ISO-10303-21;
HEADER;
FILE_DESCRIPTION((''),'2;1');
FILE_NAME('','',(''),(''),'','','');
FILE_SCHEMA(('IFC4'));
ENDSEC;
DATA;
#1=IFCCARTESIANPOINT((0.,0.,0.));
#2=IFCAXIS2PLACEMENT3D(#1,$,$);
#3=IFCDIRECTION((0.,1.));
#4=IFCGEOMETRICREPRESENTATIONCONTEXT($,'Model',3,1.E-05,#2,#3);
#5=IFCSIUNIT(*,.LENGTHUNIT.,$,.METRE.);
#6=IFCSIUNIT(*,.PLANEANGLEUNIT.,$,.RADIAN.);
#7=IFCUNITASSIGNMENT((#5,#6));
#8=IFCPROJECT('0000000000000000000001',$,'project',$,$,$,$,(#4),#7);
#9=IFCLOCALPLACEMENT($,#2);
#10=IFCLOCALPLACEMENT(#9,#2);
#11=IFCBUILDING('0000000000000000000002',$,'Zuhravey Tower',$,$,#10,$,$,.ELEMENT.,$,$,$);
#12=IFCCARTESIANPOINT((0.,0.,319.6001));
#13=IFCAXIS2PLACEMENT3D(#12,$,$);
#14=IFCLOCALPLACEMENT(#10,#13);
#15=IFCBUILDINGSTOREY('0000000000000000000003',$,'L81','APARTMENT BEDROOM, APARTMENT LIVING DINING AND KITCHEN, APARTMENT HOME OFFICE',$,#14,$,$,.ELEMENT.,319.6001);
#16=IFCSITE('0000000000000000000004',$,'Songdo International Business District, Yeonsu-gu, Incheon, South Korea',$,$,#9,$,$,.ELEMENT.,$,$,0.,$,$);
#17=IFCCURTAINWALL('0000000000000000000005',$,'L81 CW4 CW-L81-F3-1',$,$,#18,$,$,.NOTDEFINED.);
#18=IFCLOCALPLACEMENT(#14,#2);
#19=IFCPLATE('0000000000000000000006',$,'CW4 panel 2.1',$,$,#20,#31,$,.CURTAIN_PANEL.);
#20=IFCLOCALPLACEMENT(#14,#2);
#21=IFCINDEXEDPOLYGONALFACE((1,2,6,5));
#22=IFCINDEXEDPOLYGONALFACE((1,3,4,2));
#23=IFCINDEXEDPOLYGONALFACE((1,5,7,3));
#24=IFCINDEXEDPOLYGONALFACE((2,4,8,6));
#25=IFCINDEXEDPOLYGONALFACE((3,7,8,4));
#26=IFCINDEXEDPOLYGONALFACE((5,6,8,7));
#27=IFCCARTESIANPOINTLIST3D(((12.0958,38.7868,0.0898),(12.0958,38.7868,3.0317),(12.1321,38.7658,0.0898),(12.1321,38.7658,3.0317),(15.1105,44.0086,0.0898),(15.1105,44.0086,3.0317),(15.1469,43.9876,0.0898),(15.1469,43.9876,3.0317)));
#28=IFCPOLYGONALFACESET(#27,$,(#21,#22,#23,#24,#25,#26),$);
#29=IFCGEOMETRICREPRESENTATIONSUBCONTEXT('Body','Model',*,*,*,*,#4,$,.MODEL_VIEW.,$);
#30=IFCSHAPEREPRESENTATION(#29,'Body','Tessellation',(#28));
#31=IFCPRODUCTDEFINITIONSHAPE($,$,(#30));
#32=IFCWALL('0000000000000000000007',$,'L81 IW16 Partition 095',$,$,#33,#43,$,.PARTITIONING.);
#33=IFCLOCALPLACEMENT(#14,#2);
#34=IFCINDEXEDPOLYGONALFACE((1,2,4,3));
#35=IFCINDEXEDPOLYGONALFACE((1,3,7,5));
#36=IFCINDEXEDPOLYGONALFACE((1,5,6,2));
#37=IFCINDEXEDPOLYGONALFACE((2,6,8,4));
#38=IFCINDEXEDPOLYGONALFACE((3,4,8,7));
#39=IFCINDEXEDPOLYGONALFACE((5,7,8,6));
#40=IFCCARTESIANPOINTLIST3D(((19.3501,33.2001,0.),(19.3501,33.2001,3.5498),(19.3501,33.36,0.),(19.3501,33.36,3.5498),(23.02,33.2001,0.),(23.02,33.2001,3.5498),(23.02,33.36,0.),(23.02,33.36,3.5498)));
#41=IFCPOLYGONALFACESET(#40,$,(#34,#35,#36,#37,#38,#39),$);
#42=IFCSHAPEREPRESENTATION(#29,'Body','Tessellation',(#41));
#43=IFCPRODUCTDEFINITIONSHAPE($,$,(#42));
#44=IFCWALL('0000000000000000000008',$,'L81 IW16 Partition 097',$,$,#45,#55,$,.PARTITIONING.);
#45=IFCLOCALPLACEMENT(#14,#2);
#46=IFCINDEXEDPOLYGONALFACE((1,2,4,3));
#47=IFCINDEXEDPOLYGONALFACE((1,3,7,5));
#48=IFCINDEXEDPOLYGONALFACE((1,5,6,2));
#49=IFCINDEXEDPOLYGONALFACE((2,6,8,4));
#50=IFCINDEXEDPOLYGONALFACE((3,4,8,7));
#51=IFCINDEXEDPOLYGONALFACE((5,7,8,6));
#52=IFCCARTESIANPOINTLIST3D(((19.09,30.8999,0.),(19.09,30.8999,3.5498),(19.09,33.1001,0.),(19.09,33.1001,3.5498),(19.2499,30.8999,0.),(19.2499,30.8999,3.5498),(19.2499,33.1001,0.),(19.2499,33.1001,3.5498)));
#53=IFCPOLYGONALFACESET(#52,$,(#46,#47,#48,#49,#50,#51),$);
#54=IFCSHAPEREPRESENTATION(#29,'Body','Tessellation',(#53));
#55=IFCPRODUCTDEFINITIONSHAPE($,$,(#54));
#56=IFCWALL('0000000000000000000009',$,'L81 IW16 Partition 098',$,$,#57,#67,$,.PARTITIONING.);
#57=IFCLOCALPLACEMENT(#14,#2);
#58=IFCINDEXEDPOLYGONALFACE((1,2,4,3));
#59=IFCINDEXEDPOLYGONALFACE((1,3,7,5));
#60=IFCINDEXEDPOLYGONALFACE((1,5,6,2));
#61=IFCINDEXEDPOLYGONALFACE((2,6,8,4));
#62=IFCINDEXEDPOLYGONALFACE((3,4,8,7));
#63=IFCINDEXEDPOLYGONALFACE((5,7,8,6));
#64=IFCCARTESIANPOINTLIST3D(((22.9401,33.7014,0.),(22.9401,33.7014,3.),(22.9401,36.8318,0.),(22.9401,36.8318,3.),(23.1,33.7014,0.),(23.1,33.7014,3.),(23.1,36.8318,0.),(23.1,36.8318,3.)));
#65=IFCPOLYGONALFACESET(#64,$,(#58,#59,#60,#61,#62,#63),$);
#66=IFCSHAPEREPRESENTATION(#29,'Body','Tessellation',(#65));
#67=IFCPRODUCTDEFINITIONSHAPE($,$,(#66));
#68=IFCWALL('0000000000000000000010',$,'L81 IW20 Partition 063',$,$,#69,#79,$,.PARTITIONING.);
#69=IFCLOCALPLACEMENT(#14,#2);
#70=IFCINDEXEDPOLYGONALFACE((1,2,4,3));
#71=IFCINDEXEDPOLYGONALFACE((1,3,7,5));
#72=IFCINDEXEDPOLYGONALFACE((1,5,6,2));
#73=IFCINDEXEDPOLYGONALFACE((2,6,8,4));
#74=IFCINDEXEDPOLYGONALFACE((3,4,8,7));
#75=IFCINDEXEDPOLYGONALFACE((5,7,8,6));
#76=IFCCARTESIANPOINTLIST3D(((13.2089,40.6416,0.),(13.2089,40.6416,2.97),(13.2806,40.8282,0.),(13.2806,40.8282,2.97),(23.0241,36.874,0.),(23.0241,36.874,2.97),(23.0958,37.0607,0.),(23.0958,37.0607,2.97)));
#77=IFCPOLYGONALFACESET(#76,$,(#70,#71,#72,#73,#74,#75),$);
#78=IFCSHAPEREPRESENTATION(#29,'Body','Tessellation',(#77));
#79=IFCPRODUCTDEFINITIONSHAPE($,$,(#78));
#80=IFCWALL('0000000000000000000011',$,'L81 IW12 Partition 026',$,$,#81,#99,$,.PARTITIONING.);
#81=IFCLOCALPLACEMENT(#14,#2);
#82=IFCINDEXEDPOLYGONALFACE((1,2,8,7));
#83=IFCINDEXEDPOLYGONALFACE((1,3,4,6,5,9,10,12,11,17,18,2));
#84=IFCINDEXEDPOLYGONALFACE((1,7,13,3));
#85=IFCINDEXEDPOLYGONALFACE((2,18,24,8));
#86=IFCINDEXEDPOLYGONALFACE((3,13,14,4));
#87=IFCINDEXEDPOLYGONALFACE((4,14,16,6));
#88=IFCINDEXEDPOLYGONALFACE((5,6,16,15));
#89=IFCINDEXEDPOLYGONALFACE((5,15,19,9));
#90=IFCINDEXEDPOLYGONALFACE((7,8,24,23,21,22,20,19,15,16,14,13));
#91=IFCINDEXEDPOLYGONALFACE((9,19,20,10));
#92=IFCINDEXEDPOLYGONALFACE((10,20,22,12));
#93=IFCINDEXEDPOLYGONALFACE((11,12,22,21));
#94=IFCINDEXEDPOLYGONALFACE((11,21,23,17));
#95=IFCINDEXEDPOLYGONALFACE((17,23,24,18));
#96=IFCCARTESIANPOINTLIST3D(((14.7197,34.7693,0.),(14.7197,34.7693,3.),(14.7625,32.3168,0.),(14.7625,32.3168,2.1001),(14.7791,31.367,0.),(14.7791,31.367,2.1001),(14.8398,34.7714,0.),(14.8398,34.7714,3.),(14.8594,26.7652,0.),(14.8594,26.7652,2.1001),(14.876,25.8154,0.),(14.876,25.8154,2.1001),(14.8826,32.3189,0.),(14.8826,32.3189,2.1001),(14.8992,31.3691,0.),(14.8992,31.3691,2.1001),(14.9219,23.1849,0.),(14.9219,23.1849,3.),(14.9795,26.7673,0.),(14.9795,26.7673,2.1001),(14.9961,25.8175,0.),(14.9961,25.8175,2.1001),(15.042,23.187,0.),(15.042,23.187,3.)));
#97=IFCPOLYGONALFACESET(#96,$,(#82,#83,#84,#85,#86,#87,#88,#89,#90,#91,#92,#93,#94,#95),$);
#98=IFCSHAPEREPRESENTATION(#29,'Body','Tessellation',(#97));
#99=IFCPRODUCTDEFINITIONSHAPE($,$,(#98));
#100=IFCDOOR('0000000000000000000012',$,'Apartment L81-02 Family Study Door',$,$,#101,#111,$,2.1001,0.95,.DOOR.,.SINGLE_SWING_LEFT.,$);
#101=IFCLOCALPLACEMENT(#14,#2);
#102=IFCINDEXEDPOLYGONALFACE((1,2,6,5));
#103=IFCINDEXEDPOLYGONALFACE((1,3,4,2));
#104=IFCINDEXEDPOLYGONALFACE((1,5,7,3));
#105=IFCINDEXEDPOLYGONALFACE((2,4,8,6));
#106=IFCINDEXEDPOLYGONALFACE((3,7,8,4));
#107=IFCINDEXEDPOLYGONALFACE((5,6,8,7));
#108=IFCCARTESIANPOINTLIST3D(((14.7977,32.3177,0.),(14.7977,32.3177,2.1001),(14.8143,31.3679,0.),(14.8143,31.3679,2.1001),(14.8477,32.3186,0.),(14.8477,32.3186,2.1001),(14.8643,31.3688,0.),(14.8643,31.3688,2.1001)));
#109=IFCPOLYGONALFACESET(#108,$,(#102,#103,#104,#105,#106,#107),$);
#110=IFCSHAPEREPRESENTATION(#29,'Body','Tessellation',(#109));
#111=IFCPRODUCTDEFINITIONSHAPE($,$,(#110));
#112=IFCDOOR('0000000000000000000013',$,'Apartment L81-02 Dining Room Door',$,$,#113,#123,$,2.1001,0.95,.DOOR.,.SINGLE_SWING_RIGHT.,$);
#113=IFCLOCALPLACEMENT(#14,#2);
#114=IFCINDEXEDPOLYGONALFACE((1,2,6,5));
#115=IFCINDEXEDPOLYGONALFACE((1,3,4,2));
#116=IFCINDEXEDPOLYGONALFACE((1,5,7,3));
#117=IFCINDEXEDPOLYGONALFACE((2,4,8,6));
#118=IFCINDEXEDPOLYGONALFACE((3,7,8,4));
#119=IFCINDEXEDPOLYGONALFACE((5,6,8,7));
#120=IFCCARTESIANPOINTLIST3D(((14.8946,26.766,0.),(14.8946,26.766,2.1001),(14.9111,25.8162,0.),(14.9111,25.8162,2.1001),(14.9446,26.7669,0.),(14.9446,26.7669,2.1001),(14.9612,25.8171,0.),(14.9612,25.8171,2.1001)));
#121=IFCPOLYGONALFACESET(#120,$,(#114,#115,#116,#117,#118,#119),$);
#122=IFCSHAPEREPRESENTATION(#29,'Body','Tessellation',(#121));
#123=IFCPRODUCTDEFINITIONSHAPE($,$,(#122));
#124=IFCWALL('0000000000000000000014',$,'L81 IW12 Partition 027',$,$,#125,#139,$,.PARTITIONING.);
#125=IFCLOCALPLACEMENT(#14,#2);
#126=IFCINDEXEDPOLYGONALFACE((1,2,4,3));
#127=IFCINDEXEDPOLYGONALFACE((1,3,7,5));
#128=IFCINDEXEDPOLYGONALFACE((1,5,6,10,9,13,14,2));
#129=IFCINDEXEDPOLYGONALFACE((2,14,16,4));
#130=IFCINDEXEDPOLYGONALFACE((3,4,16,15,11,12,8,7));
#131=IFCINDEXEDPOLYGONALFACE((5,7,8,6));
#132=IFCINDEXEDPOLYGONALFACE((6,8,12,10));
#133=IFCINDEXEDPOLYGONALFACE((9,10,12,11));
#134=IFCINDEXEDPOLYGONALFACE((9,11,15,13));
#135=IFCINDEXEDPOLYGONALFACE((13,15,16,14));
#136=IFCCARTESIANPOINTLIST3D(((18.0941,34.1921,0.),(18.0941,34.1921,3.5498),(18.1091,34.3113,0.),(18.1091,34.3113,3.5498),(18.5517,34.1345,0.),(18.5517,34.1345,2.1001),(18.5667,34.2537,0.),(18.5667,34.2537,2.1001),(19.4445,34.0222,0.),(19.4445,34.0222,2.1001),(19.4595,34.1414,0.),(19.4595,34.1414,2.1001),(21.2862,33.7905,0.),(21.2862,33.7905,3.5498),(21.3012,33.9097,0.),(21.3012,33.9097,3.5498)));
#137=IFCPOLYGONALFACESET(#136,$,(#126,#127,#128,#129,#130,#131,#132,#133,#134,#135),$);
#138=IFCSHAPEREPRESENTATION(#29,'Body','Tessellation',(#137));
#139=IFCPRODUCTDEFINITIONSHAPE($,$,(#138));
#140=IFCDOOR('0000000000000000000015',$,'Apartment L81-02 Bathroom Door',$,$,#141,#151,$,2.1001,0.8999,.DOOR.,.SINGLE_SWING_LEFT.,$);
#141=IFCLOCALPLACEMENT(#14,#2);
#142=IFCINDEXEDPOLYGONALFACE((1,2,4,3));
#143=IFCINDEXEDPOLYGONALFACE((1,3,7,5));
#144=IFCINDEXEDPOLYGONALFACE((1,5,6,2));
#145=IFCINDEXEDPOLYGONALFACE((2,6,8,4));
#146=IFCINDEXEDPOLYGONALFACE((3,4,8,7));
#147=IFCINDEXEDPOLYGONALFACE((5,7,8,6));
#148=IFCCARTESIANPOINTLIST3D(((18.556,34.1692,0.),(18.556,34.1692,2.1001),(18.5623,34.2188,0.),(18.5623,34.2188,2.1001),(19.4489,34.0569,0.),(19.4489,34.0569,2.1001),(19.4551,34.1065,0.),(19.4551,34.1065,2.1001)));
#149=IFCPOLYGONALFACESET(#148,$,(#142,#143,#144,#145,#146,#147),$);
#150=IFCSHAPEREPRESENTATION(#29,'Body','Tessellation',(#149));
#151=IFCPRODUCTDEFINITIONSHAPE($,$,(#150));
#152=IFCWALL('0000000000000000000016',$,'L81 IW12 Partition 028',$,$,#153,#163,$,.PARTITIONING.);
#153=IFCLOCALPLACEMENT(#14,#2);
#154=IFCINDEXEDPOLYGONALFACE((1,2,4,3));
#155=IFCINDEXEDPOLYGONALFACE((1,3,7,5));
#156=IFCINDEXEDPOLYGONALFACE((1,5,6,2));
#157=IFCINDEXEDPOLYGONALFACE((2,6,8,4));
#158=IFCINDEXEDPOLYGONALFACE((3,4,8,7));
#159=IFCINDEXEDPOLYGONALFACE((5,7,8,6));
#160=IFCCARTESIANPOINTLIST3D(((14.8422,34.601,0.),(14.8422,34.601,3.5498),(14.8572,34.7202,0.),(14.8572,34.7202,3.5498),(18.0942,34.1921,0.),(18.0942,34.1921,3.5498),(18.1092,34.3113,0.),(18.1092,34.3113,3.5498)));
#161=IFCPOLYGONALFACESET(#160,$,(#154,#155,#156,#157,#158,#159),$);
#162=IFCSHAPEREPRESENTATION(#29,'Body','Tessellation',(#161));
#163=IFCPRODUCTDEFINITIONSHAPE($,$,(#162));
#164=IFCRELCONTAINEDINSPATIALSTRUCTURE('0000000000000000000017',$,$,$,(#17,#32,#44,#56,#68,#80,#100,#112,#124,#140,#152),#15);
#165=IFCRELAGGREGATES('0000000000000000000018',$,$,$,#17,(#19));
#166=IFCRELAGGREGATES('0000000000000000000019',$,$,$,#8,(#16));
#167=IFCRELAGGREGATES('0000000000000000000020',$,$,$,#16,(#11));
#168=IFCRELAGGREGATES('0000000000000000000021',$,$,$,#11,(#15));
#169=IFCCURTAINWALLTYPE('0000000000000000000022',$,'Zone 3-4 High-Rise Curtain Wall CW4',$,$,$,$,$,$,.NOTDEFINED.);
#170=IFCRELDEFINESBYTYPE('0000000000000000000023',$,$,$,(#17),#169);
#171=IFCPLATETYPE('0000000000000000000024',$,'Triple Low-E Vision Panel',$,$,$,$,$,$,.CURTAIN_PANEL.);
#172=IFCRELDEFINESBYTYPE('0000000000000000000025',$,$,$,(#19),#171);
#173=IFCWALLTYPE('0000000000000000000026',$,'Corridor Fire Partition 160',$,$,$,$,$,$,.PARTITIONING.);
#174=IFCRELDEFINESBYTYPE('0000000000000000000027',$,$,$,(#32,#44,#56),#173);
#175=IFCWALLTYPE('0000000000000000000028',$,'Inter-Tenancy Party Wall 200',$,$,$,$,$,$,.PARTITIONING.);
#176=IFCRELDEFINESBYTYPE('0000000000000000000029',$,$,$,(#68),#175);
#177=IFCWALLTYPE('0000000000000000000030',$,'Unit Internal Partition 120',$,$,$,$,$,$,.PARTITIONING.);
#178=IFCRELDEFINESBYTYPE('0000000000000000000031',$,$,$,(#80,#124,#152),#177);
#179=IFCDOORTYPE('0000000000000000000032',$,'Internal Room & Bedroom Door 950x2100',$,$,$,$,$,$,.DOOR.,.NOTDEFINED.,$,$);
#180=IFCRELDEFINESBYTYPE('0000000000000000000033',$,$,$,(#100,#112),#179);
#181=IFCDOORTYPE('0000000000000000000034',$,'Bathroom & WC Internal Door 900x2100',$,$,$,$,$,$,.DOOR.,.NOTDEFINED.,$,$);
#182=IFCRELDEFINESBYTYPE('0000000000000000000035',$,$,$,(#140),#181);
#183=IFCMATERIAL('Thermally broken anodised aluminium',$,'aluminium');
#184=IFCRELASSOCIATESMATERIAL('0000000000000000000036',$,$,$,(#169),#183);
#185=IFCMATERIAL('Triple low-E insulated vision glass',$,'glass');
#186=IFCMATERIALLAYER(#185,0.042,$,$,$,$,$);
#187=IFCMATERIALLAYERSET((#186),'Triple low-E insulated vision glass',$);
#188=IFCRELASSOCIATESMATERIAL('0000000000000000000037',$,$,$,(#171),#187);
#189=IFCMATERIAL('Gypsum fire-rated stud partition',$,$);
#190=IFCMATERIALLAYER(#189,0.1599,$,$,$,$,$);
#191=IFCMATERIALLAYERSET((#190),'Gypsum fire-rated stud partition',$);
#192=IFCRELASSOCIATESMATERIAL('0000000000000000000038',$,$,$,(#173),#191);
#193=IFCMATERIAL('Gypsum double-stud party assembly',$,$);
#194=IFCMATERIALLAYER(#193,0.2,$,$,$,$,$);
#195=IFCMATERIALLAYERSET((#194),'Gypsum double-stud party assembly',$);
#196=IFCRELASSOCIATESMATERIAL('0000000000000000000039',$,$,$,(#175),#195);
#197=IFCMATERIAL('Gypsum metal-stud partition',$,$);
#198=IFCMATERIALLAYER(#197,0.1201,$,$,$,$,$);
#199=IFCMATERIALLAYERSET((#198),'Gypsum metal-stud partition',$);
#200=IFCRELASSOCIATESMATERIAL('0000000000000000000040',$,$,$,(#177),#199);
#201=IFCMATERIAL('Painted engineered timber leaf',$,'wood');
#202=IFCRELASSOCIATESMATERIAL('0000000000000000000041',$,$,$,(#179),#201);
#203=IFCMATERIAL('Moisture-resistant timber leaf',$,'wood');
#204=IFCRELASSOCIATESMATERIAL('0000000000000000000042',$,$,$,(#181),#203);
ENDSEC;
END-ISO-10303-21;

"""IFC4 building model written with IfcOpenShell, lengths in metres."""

from ifc_helpers import new_model, si_unit, direction, frame, frame_2d, origin, origin_2d, place, context, subcontext, project, spatial, rectangle, extrude, material, layer, layer_set, type_object, element, fill, aggregate, save


model = new_model("IFC4")

# Units and contexts
model_context = context("Model", 3, precision=1e-05, world=origin(), true_north=direction((0.0, 1.0)))
body_context = subcontext(model_context, "Body", "Model", "MODEL_VIEW")
ifc_project = project(units=[si_unit("LENGTHUNIT", "METRE"), si_unit("PLANEANGLEUNIT", "RADIAN")], contexts=[model_context])

# Site, building, storey
site_placement = place(None, origin())
site = spatial("IfcSite", under=ifc_project, at=site_placement, Name="Songdo International Business District, Yeonsu-gu, Incheon, South Korea", CompositionType="ELEMENT", RefElevation=0.0)
building_placement = place(site_placement, origin())
building = spatial("IfcBuilding", under=site, at=building_placement, Name="Zuhravey Tower", CompositionType="ELEMENT")
storey_placement = place(building_placement, frame((0.0, 0.0, 319.6001)))
storey = spatial("IfcBuildingStorey", under=building, at=storey_placement, Name="L81", Description="APARTMENT BEDROOM, APARTMENT LIVING DINING AND KITCHEN, APARTMENT HOME OFFICE", CompositionType="ELEMENT", Elevation=319.6001)

# Curtain wall
ifc_material_1 = material(Name="Thermally broken anodised aluminium", Category="aluminium")
curtain_wall_type = type_object("IfcCurtainWallType", Name="Zone 3-4 High-Rise Curtain Wall CW4", PredefinedType="NOTDEFINED", material=ifc_material_1)
curtain_wall_placement = place(storey_placement, origin())
curtain_wall = element("IfcCurtainWall", 1, at=curtain_wall_placement, inside=storey, type_object=curtain_wall_type, Name="L81 CW4 CW-L81-F3-1", PredefinedType="NOTDEFINED")

# Plate
ifc_material_2 = material(Name="Triple low-E insulated vision glass", Category="glass")
ifc_layer_1 = layer(ifc_material_2, 0.042)
ifc_layer_set_1 = layer_set([ifc_layer_1], Name="Triple low-E insulated vision glass")
plate_type = type_object("IfcPlateType", Name="Triple Low-E Vision Panel", PredefinedType="CURTAIN_PANEL", material=ifc_layer_set_1)
plate_1_placement = place(storey_placement, frame((13.6213, 41.3872, 0.0898), z_axis=(0.0, 0.0, 1.0), x_axis=(0.5, 0.866026, 0.0)))
plate_1 = element("IfcPlate", 2, at=plate_1_placement, type_object=plate_type, Name="CW4 panel 2.1", PredefinedType="CURTAIN_PANEL", context=body_context, shape_type="SweptSolid", body=[
    extrude(rectangle(XDim=6.0295, YDim=0.042, at=origin_2d()), origin(), (0.0, 0.0, 1.0), 2.9419),
])
aggregate(curtain_wall, [plate_1])

# Walls
ifc_material_3 = material(Name="Gypsum fire-rated stud partition")
ifc_layer_2 = layer(ifc_material_3, 0.1599)
ifc_layer_set_2 = layer_set([ifc_layer_2], Name="Gypsum fire-rated stud partition")
wall_type_1 = type_object("IfcWallType", Name="Corridor Fire Partition 160", PredefinedType="PARTITIONING", material=ifc_layer_set_2)
wall_1_placement = place(storey_placement, frame((23.02, 33.28, 0.0), z_axis=(0.0, 0.0, 1.0), x_axis=(-1.0, 0.0, 0.0)))
element("IfcWall", 3, at=wall_1_placement, inside=storey, type_object=wall_type_1, Name="L81 IW16 Partition 095", PredefinedType="PARTITIONING", context=body_context, shape_type="SweptSolid", body=[
    extrude(rectangle(XDim=3.6699, YDim=0.1599, at=frame_2d((1.835, 0.0))), origin(), (0.0, 0.0, 1.0), 3.5498),
])
wall_2_placement = place(storey_placement, frame((19.1699, 33.1001, 0.0), z_axis=(0.0, 0.0, 1.0), x_axis=(0.0, -1.0, 0.0)))
element("IfcWall", 4, at=wall_2_placement, inside=storey, type_object=wall_type_1, Name="L81 IW16 Partition 097", PredefinedType="PARTITIONING", context=body_context, shape_type="SweptSolid", body=[
    extrude(rectangle(XDim=2.2002, YDim=0.1599, at=frame_2d((1.1001, 0.0))), origin(), (0.0, 0.0, 1.0), 3.5498),
])
wall_3_placement = place(storey_placement, frame((23.02, 36.8318, 0.0), z_axis=(0.0, 0.0, 1.0), x_axis=(0.0, -1.0, 0.0)))
element("IfcWall", 5, at=wall_3_placement, inside=storey, type_object=wall_type_1, Name="L81 IW16 Partition 098", PredefinedType="PARTITIONING", context=body_context, shape_type="SweptSolid", body=[
    extrude(rectangle(XDim=3.1304, YDim=0.1599, at=frame_2d((1.5652, 0.0))), origin(), (0.0, 0.0, 1.0), 3.0),
])
ifc_material_4 = material(Name="Gypsum double-stud party assembly")
ifc_layer_3 = layer(ifc_material_4, 0.2)
ifc_layer_set_3 = layer_set([ifc_layer_3], Name="Gypsum double-stud party assembly")
wall_type_2 = type_object("IfcWallType", Name="Inter-Tenancy Party Wall 200", PredefinedType="PARTITIONING", material=ifc_layer_set_3)
wall_4_placement = place(storey_placement, frame((23.0601, 36.9673, 0.0), z_axis=(0.0, 0.0, 1.0), x_axis=(-0.933584, 0.358358, 0.0)))
element("IfcWall", 6, at=wall_4_placement, inside=storey, type_object=wall_type_2, Name="L81 IW20 Partition 063", PredefinedType="PARTITIONING", context=body_context, shape_type="SweptSolid", body=[
    extrude(rectangle(XDim=10.5134, YDim=0.2, at=frame_2d((5.2568, 0.0))), origin(), (0.0, 0.0, 1.0), 2.97),
])

# Wall, openings, doors
ifc_material_5 = material(Name="Gypsum metal-stud partition")
ifc_layer_4 = layer(ifc_material_5, 0.1201)
ifc_layer_set_4 = layer_set([ifc_layer_4], Name="Gypsum metal-stud partition")
wall_type_3 = type_object("IfcWallType", Name="Unit Internal Partition 120", PredefinedType="PARTITIONING", material=ifc_layer_set_4)
wall_5_placement = place(storey_placement, frame((14.7798, 34.7703, 0.0), z_axis=(0.0, 0.0, 1.0), x_axis=(0.017447, -0.999848, 0.0)))
wall_5 = element("IfcWall", 7, at=wall_5_placement, inside=storey, type_object=wall_type_3, Name="L81 IW12 Partition 026", PredefinedType="PARTITIONING", context=body_context, shape_type="SweptSolid", body=[
    extrude(rectangle(XDim=11.5862, YDim=0.1201, at=frame_2d((5.793, 0.0))), origin(), (0.0, 0.0, 1.0), 3.0),
])
opening_1_placement = place(wall_5_placement, frame((2.4526, 0.0, 0.0)))
opening_1 = element("IfcOpeningElement", 8, at=opening_1_placement, cuts=wall_5, PredefinedType="OPENING", context=body_context, shape_type="SweptSolid", body=[
    extrude(rectangle(XDim=0.95, YDim=2.1001, at=frame_2d((0.4751, 1.05))), frame((0.0, 0.072, 0.0), z_axis=(0.0, -1.0, 0.0), x_axis=(1.0, 0.0, 0.0)), (0.0, 0.0, 1.0), 0.144),
])
opening_2_placement = place(wall_5_placement, frame((8.0051, 0.0, 0.0)))
opening_2 = element("IfcOpeningElement", 9, at=opening_2_placement, cuts=wall_5, PredefinedType="OPENING", context=body_context, shape_type="SweptSolid", body=[
    extrude(rectangle(XDim=0.95, YDim=2.1001, at=frame_2d((0.4751, 1.05))), frame((0.0, 0.072, 0.0), z_axis=(0.0, -1.0, 0.0), x_axis=(1.0, 0.0, 0.0)), (0.0, 0.0, 1.0), 0.144),
])
ifc_material_6 = material(Name="Painted engineered timber leaf", Category="wood")
door_type_1 = type_object("IfcDoorType", Name="Internal Room & Bedroom Door 950x2100", OperationType="NOTDEFINED", PredefinedType="DOOR", material=ifc_material_6)
door_1_placement = place(opening_1_placement, frame((0.95, 0.0, 0.0), z_axis=(0.0, 0.0, 1.0), x_axis=(-1.0, 0.0, 0.0)))
door_1 = element("IfcDoor", 10, at=door_1_placement, inside=storey, type_object=door_type_1, Name="Apartment L81-02 Family Study Door", OperationType="SINGLE_SWING_LEFT", OverallHeight=2.1001, OverallWidth=0.95, PredefinedType="DOOR", context=body_context, shape_type="SweptSolid", body=[
    extrude(rectangle(XDim=0.95, YDim=2.1001, at=frame_2d((0.4751, 1.05))), frame((0.0, 0.0249, 0.0), z_axis=(0.0, -1.0, 0.0), x_axis=(1.0, 0.0, 0.0)), (0.0, 0.0, 1.0), 0.05),
])
fill(opening_1, door_1)
door_2_placement = place(opening_2_placement, frame((0.95, 0.0, 0.0), z_axis=(0.0, 0.0, 1.0), x_axis=(-1.0, 0.0, 0.0)))
door_2 = element("IfcDoor", 11, at=door_2_placement, inside=storey, type_object=door_type_1, Name="Apartment L81-02 Dining Room Door", OperationType="SINGLE_SWING_RIGHT", OverallHeight=2.1001, OverallWidth=0.95, PredefinedType="DOOR", context=body_context, shape_type="SweptSolid", body=[
    extrude(rectangle(XDim=0.95, YDim=2.1001, at=frame_2d((0.4751, 1.05))), frame((0.0, 0.0249, 0.0), z_axis=(0.0, -1.0, 0.0), x_axis=(1.0, 0.0, 0.0)), (0.0, 0.0, 1.0), 0.05),
])
fill(opening_2, door_2)

# Wall, opening, door
wall_6_placement = place(storey_placement, frame((21.2937, 33.8501, 0.0), z_axis=(0.0, 0.0, 1.0), x_axis=(-0.992178, 0.124829, 0.0)))
wall_6 = element("IfcWall", 12, at=wall_6_placement, inside=storey, type_object=wall_type_3, Name="L81 IW12 Partition 027", PredefinedType="PARTITIONING", context=body_context, shape_type="SweptSolid", body=[
    extrude(rectangle(XDim=3.2173, YDim=0.1201, at=frame_2d((1.6086, 0.0))), origin(), (0.0, 0.0, 1.0), 3.5498),
])
opening_3_placement = place(wall_6_placement, frame((1.8562, 0.0, 0.0)))
opening_3 = element("IfcOpeningElement", 13, at=opening_3_placement, cuts=wall_6, PredefinedType="OPENING", context=body_context, shape_type="SweptSolid", body=[
    extrude(rectangle(XDim=0.8999, YDim=2.1001, at=frame_2d((0.45, 1.05))), frame((0.0, 0.072, 0.0), z_axis=(0.0, -1.0, 0.0), x_axis=(1.0, 0.0, 0.0)), (0.0, 0.0, 1.0), 0.144),
])
ifc_material_7 = material(Name="Moisture-resistant timber leaf", Category="wood")
door_type_2 = type_object("IfcDoorType", Name="Bathroom & WC Internal Door 900x2100", OperationType="NOTDEFINED", PredefinedType="DOOR", material=ifc_material_7)
door_3_placement = place(opening_3_placement, frame((0.8999, 0.0, 0.0), z_axis=(0.0, 0.0, 1.0), x_axis=(-1.0, 0.0, 0.0)))
door_3 = element("IfcDoor", 14, at=door_3_placement, inside=storey, type_object=door_type_2, Name="Apartment L81-02 Bathroom Door", OperationType="SINGLE_SWING_LEFT", OverallHeight=2.1001, OverallWidth=0.8999, PredefinedType="DOOR", context=body_context, shape_type="SweptSolid", body=[
    extrude(rectangle(XDim=0.8999, YDim=2.1001, at=frame_2d((0.45, 1.05))), frame((0.0, 0.0249, 0.0), z_axis=(0.0, -1.0, 0.0), x_axis=(1.0, 0.0, 0.0)), (0.0, 0.0, 1.0), 0.05),
])
fill(opening_3, door_3)

# Wall
wall_7_placement = place(storey_placement, frame((18.1016, 34.2517, 0.0), z_axis=(0.0, 0.0, 1.0), x_axis=(-0.992186, 0.124768, 0.0)))
element("IfcWall", 15, at=wall_7_placement, inside=storey, type_object=wall_type_3, Name="L81 IW12 Partition 028", PredefinedType="PARTITIONING", context=body_context, shape_type="SweptSolid", body=[
    extrude(rectangle(XDim=3.2776, YDim=0.1201, at=frame_2d((1.6387, 0.0))), origin(), (0.0, 0.0, 1.0), 3.5498),
])

save(model, "model.ifc")
